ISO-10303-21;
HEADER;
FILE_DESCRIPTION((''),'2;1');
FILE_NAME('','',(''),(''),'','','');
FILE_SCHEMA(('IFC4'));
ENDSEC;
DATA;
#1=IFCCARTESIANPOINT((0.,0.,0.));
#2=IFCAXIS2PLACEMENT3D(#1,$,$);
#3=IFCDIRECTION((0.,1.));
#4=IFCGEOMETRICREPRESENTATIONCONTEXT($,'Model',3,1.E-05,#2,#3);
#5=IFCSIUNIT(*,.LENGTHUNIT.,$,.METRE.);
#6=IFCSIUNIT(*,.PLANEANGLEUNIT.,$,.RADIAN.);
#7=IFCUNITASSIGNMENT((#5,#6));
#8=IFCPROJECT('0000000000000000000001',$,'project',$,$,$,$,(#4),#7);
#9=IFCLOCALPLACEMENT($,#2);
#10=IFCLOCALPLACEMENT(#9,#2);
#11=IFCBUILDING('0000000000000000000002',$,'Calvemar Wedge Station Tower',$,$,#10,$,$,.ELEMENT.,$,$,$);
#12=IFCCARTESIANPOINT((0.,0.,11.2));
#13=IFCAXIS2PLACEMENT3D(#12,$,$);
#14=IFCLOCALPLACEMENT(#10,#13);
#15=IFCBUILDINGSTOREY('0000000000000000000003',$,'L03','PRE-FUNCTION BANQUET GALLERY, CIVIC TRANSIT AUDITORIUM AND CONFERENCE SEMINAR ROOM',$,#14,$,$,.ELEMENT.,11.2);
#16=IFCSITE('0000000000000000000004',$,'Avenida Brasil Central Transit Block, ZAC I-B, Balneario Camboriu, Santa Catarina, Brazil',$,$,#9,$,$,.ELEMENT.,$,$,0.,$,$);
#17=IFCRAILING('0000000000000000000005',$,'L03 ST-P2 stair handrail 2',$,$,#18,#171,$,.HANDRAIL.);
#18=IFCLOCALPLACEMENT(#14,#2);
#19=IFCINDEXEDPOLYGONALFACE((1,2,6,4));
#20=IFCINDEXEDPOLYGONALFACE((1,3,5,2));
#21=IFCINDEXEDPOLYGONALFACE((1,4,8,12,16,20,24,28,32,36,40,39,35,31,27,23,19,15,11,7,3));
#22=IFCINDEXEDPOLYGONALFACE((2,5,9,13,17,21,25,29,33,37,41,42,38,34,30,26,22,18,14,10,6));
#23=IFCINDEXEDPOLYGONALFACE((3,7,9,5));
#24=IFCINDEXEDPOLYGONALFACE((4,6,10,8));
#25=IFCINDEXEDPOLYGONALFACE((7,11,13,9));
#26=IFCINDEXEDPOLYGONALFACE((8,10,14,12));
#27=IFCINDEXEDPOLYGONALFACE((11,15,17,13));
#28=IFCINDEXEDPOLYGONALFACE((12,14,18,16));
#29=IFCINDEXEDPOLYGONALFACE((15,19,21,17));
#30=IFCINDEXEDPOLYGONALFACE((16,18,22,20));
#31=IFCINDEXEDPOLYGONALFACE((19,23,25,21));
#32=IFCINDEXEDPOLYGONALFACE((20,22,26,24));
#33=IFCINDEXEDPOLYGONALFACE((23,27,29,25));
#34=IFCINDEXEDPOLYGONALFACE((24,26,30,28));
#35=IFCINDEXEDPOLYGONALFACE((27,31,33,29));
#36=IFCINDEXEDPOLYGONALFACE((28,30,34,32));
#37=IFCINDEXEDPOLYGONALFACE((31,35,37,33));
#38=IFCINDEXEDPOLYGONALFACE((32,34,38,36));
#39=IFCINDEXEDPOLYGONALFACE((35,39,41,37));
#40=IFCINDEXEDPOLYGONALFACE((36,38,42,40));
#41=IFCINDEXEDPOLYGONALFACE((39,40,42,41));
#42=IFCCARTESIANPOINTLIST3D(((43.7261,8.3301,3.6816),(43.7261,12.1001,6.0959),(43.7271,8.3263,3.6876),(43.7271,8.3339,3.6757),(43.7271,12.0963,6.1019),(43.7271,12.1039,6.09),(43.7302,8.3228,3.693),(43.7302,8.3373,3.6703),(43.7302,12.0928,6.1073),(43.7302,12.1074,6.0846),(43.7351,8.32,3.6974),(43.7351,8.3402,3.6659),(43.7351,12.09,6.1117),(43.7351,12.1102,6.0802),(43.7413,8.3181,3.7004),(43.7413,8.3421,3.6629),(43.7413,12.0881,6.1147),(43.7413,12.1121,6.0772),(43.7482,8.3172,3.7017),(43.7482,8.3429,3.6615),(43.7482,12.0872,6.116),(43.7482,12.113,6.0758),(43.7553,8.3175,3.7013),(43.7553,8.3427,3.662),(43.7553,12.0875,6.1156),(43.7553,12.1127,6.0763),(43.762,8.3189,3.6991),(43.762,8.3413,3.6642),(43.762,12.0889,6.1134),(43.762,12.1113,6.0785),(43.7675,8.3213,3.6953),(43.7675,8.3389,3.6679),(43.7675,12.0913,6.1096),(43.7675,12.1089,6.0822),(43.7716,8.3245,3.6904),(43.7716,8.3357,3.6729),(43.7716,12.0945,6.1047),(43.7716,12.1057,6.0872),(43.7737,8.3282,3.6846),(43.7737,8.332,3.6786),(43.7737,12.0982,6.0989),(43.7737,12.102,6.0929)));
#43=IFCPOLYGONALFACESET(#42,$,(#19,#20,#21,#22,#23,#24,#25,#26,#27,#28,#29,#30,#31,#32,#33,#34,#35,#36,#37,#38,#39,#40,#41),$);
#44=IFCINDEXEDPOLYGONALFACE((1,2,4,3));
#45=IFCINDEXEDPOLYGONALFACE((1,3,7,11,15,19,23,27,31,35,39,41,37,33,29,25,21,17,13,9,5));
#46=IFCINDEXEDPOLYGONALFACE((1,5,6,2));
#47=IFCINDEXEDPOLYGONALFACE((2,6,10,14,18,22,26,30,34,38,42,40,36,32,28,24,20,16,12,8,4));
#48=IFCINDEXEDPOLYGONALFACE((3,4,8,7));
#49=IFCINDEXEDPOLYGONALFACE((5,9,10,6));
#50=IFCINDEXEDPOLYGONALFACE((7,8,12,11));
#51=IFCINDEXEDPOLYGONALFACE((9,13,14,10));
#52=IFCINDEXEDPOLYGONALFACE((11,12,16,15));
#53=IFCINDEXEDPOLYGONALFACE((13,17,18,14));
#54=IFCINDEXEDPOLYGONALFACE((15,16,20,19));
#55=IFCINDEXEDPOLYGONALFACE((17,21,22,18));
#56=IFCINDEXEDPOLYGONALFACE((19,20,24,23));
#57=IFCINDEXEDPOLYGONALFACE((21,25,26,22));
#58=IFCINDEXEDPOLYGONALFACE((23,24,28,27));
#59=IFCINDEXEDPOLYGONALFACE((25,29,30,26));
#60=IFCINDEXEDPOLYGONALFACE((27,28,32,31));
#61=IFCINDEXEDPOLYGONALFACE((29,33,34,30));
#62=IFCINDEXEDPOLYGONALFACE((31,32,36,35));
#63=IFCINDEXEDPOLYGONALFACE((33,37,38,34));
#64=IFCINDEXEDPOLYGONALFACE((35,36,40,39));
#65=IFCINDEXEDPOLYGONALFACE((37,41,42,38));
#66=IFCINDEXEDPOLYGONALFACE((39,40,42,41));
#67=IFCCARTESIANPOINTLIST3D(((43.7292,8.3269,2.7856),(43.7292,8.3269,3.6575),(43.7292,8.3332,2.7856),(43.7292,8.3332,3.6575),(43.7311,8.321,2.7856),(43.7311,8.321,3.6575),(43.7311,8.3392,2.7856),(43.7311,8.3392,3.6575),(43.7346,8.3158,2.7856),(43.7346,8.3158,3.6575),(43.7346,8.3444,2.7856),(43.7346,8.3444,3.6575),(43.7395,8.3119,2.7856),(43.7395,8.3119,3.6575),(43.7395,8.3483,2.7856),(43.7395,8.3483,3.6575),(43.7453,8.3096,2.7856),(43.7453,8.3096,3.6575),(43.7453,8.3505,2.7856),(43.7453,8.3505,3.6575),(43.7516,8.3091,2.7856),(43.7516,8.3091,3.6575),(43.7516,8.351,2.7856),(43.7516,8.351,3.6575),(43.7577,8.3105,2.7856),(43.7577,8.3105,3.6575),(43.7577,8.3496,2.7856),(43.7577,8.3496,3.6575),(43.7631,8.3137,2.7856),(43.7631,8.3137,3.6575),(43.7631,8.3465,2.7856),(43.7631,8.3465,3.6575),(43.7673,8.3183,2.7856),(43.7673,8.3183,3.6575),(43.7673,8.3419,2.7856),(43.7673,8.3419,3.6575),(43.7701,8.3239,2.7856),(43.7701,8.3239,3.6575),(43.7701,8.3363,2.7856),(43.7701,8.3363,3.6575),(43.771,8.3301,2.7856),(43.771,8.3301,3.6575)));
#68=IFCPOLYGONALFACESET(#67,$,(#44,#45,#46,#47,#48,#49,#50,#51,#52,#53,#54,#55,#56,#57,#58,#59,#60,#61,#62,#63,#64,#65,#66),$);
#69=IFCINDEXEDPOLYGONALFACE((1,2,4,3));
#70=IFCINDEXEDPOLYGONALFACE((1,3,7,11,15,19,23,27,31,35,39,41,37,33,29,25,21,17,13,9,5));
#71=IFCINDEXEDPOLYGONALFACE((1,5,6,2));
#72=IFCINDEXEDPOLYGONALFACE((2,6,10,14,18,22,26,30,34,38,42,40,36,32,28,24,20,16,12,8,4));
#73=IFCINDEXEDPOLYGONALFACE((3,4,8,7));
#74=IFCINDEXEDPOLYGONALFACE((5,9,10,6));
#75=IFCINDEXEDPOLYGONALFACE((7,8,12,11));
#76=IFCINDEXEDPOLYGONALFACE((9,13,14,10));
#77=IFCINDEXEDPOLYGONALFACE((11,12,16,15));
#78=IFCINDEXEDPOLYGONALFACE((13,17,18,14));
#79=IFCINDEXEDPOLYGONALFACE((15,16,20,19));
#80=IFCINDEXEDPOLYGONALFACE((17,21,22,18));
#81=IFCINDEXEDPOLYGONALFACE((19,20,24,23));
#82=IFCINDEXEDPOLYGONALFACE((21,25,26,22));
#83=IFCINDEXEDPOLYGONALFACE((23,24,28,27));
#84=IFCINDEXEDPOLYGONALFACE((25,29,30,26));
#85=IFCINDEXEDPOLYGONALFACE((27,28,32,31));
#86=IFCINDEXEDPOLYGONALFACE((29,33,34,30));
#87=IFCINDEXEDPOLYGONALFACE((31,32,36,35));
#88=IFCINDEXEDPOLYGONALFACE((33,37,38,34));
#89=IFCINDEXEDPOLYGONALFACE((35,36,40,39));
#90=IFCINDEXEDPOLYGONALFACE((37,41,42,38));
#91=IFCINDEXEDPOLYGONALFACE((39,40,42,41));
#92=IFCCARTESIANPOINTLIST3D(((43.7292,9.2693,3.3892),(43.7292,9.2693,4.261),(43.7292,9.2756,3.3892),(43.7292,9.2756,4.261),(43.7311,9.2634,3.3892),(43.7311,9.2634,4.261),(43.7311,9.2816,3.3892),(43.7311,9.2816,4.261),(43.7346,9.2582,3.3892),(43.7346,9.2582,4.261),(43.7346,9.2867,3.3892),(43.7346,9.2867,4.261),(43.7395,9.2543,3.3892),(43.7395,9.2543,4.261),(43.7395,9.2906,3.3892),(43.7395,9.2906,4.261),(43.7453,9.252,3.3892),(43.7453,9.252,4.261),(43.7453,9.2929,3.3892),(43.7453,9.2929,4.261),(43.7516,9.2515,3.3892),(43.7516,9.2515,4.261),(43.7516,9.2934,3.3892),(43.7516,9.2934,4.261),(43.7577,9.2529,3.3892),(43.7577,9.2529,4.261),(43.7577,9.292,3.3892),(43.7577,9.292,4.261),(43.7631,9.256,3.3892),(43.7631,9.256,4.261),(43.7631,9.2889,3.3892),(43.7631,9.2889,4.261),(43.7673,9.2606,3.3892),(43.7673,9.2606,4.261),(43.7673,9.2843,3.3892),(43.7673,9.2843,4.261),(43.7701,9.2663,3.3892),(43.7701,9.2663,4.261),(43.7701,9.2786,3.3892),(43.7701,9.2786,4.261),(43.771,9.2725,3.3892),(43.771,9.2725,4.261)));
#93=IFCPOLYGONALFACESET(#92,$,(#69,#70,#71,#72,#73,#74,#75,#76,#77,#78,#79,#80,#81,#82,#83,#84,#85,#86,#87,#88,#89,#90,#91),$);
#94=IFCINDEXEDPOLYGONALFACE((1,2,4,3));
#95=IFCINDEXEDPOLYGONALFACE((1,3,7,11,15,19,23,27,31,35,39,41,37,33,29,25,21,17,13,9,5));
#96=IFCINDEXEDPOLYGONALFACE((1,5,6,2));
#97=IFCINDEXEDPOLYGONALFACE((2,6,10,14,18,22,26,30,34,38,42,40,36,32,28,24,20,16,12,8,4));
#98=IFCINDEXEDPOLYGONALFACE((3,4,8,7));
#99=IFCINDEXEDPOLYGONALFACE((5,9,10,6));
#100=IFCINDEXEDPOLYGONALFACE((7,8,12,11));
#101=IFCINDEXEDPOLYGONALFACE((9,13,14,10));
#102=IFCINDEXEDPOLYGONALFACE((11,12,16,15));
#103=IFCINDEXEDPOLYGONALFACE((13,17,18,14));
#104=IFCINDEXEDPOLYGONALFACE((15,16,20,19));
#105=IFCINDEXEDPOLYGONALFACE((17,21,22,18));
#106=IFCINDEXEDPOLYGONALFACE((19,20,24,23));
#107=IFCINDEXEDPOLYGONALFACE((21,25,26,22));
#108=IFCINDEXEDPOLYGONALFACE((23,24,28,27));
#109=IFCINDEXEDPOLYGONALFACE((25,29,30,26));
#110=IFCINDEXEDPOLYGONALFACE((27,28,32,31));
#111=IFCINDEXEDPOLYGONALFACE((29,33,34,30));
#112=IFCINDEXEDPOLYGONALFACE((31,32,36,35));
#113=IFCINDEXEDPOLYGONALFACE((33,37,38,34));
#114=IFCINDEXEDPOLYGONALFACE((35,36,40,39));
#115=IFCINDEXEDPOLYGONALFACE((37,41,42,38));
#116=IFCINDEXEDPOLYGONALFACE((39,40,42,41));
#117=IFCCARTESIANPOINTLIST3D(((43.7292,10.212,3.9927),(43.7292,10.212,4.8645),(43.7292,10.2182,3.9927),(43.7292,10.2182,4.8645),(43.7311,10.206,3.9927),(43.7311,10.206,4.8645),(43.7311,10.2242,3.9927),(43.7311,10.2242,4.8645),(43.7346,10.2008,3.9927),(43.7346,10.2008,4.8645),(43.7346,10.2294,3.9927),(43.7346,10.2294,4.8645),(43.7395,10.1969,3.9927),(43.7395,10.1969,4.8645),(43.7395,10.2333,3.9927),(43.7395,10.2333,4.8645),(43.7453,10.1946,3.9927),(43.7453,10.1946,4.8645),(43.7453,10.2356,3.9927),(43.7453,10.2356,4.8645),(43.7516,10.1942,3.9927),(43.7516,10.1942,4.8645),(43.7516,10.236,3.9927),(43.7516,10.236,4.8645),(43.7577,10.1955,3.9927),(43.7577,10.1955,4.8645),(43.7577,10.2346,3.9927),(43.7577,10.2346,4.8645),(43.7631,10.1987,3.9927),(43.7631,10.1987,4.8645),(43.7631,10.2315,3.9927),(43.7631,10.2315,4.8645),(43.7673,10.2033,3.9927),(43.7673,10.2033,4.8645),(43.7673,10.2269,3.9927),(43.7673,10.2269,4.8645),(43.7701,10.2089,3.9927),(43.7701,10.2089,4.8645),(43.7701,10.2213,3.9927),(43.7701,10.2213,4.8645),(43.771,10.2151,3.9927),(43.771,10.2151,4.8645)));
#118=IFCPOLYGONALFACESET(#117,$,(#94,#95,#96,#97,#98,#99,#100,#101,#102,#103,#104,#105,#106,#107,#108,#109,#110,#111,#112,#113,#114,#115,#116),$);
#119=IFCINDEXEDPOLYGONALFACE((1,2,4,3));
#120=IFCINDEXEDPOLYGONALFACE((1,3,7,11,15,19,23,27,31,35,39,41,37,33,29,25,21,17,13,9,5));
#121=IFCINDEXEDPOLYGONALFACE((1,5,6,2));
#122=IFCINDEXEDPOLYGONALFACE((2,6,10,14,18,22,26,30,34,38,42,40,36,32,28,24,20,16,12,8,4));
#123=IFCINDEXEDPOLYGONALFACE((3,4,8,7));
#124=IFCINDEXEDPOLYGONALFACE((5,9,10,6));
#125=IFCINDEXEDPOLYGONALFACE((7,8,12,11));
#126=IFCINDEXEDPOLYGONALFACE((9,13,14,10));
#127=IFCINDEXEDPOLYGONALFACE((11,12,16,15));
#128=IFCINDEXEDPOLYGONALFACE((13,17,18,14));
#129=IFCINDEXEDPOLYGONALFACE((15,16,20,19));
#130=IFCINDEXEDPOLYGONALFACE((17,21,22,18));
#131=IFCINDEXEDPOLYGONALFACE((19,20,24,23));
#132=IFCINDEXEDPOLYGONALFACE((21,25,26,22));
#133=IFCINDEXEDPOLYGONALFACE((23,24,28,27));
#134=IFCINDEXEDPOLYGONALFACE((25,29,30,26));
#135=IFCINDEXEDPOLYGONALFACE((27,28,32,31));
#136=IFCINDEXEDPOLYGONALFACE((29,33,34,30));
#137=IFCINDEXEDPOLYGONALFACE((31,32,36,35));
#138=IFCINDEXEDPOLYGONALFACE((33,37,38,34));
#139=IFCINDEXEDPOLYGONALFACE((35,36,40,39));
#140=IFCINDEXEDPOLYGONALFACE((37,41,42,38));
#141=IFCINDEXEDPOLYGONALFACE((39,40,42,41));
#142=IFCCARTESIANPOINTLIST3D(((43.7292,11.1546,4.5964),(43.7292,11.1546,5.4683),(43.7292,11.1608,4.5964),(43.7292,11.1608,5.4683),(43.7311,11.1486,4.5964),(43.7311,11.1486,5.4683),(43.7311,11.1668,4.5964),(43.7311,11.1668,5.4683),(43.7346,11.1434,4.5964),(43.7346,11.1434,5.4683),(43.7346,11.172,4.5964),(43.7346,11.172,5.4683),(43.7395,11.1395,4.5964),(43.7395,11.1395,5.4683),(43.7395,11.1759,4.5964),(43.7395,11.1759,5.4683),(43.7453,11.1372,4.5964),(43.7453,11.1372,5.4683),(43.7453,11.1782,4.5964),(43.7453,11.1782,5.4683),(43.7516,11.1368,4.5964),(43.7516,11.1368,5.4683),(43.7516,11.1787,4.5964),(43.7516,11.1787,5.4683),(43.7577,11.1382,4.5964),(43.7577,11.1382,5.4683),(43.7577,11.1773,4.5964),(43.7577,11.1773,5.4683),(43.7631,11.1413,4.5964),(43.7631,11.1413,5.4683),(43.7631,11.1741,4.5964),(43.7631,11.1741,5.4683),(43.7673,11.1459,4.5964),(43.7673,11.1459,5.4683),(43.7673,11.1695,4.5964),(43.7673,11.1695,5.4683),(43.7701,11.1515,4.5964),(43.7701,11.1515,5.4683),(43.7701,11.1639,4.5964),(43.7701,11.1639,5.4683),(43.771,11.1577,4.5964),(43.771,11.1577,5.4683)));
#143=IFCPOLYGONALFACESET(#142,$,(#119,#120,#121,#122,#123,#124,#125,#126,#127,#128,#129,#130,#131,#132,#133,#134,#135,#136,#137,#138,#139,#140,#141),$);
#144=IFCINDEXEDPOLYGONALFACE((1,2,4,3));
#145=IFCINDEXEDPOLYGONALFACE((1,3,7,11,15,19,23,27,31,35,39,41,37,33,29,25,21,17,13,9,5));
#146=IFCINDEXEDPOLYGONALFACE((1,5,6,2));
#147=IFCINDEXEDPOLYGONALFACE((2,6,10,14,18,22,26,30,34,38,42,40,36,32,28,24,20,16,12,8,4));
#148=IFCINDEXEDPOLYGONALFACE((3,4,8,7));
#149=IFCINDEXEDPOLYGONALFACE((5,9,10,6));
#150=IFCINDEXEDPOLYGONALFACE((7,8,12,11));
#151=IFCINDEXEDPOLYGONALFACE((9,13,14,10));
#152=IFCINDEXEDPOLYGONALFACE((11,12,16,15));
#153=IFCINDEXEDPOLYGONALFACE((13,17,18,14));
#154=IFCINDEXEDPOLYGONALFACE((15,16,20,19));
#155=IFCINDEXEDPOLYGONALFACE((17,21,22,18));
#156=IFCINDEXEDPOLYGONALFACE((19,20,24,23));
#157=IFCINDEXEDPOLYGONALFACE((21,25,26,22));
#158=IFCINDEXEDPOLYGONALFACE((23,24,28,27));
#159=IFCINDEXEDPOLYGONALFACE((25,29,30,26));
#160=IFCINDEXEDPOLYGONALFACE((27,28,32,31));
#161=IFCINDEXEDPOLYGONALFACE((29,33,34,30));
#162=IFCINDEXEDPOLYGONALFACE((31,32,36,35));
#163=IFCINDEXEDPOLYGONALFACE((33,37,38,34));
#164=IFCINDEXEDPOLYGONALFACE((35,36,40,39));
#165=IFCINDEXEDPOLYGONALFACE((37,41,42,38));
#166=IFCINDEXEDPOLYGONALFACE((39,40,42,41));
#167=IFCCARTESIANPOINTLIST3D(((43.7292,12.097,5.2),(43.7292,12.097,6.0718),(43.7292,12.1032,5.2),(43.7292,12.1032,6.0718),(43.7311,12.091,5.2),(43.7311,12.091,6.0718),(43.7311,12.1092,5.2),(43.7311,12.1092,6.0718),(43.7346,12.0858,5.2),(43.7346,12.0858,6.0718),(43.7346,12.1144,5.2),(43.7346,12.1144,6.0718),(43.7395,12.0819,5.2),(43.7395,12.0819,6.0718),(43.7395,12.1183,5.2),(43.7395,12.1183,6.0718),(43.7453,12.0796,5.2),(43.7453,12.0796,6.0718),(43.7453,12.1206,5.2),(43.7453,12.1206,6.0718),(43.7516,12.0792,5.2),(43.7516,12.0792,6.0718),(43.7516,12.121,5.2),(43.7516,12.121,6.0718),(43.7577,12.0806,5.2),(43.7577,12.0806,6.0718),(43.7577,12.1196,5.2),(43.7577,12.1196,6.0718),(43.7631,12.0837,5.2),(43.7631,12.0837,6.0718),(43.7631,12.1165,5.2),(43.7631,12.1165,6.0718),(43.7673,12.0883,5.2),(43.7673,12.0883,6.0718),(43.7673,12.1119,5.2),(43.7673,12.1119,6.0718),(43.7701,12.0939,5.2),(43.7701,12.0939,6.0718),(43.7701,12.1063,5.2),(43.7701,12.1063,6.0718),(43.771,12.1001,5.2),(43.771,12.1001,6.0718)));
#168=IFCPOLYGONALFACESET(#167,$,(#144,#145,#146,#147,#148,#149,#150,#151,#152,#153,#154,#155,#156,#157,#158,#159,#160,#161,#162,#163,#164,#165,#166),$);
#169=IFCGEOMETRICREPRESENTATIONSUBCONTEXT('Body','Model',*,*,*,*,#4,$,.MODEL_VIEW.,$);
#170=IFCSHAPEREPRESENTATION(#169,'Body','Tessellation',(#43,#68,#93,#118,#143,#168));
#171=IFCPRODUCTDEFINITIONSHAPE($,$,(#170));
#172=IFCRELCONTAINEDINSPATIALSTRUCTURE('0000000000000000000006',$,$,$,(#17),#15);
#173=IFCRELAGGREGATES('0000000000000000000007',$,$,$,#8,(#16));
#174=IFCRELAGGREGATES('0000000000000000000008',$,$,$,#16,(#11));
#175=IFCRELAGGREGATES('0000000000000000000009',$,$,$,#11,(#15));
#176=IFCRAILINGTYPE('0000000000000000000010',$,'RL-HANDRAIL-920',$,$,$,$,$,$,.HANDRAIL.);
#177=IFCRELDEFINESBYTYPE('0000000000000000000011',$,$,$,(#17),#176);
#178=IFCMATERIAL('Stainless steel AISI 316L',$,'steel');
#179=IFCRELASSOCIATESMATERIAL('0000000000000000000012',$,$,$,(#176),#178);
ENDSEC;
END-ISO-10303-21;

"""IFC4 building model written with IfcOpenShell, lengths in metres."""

from ifc_helpers import new_model, si_unit, direction, frame, origin, origin_2d, place, context, subcontext, project, spatial, circle, extrude, material, type_object, element, save


model = new_model("IFC4")

# Units and contexts
model_context = context("Model", 3, precision=1e-05, world=origin(), true_north=direction((0.0, 1.0)))
body_context = subcontext(model_context, "Body", "Model", "MODEL_VIEW")
ifc_project = project(units=[si_unit("LENGTHUNIT", "METRE"), si_unit("PLANEANGLEUNIT", "RADIAN")], contexts=[model_context])

# Site, building, storey
site_placement = place(None, origin())
site = spatial("IfcSite", under=ifc_project, at=site_placement, Name="Avenida Brasil Central Transit Block, ZAC I-B, Balneario Camboriu, Santa Catarina, Brazil", CompositionType="ELEMENT", RefElevation=0.0)
building_placement = place(site_placement, origin())
building = spatial("IfcBuilding", under=site, at=building_placement, Name="Calvemar Wedge Station Tower", CompositionType="ELEMENT")
storey_placement = place(building_placement, frame((0.0, 0.0, 11.2)))
storey = spatial("IfcBuildingStorey", under=building, at=storey_placement, Name="L03", Description="PRE-FUNCTION BANQUET GALLERY, CIVIC TRANSIT AUDITORIUM AND CONFERENCE SEMINAR ROOM", CompositionType="ELEMENT", Elevation=11.2)

# Railing
ifc_material_1 = material(Name="Stainless steel AISI 316L", Category="steel")
railing_type_1 = type_object("IfcRailingType", Name="RL-HANDRAIL-920", PredefinedType="HANDRAIL", material=ifc_material_1)
railing_1_placement = place(storey_placement, frame((43.75, 8.3301, 2.7856)))
element("IfcRailing", 1, at=railing_1_placement, inside=storey, type_object=railing_type_1, Name="L03 ST-P2 stair handrail 2", PredefinedType="HANDRAIL", context=body_context, shape_type="SweptSolid", body=[
    extrude(circle(Radius=0.0239, at=origin_2d()), frame((0.0, 0.0, 0.896), z_axis=(0.0, 0.84212, 0.53929), x_axis=(-1.0, 0.0, 0.0)), (0.0, 0.0, 1.0), 4.4768),
    extrude(circle(Radius=0.021, at=origin_2d()), origin(), (0.0, 0.0, 1.0), 0.8718),
    extrude(circle(Radius=0.021, at=origin_2d()), frame((0.0, 0.9424, 0.6035)), (0.0, 0.0, 1.0), 0.8718),
    extrude(circle(Radius=0.021, at=origin_2d()), frame((0.0, 1.885, 1.207)), (0.0, 0.0, 1.0), 0.8718),
    extrude(circle(Radius=0.021, at=origin_2d()), frame((0.0, 2.8276, 1.8108)), (0.0, 0.0, 1.0), 0.8718),
    extrude(circle(Radius=0.021, at=origin_2d()), frame((0.0, 3.77, 2.4143)), (0.0, 0.0, 1.0), 0.8718),
])

save(model, "model.ifc")
